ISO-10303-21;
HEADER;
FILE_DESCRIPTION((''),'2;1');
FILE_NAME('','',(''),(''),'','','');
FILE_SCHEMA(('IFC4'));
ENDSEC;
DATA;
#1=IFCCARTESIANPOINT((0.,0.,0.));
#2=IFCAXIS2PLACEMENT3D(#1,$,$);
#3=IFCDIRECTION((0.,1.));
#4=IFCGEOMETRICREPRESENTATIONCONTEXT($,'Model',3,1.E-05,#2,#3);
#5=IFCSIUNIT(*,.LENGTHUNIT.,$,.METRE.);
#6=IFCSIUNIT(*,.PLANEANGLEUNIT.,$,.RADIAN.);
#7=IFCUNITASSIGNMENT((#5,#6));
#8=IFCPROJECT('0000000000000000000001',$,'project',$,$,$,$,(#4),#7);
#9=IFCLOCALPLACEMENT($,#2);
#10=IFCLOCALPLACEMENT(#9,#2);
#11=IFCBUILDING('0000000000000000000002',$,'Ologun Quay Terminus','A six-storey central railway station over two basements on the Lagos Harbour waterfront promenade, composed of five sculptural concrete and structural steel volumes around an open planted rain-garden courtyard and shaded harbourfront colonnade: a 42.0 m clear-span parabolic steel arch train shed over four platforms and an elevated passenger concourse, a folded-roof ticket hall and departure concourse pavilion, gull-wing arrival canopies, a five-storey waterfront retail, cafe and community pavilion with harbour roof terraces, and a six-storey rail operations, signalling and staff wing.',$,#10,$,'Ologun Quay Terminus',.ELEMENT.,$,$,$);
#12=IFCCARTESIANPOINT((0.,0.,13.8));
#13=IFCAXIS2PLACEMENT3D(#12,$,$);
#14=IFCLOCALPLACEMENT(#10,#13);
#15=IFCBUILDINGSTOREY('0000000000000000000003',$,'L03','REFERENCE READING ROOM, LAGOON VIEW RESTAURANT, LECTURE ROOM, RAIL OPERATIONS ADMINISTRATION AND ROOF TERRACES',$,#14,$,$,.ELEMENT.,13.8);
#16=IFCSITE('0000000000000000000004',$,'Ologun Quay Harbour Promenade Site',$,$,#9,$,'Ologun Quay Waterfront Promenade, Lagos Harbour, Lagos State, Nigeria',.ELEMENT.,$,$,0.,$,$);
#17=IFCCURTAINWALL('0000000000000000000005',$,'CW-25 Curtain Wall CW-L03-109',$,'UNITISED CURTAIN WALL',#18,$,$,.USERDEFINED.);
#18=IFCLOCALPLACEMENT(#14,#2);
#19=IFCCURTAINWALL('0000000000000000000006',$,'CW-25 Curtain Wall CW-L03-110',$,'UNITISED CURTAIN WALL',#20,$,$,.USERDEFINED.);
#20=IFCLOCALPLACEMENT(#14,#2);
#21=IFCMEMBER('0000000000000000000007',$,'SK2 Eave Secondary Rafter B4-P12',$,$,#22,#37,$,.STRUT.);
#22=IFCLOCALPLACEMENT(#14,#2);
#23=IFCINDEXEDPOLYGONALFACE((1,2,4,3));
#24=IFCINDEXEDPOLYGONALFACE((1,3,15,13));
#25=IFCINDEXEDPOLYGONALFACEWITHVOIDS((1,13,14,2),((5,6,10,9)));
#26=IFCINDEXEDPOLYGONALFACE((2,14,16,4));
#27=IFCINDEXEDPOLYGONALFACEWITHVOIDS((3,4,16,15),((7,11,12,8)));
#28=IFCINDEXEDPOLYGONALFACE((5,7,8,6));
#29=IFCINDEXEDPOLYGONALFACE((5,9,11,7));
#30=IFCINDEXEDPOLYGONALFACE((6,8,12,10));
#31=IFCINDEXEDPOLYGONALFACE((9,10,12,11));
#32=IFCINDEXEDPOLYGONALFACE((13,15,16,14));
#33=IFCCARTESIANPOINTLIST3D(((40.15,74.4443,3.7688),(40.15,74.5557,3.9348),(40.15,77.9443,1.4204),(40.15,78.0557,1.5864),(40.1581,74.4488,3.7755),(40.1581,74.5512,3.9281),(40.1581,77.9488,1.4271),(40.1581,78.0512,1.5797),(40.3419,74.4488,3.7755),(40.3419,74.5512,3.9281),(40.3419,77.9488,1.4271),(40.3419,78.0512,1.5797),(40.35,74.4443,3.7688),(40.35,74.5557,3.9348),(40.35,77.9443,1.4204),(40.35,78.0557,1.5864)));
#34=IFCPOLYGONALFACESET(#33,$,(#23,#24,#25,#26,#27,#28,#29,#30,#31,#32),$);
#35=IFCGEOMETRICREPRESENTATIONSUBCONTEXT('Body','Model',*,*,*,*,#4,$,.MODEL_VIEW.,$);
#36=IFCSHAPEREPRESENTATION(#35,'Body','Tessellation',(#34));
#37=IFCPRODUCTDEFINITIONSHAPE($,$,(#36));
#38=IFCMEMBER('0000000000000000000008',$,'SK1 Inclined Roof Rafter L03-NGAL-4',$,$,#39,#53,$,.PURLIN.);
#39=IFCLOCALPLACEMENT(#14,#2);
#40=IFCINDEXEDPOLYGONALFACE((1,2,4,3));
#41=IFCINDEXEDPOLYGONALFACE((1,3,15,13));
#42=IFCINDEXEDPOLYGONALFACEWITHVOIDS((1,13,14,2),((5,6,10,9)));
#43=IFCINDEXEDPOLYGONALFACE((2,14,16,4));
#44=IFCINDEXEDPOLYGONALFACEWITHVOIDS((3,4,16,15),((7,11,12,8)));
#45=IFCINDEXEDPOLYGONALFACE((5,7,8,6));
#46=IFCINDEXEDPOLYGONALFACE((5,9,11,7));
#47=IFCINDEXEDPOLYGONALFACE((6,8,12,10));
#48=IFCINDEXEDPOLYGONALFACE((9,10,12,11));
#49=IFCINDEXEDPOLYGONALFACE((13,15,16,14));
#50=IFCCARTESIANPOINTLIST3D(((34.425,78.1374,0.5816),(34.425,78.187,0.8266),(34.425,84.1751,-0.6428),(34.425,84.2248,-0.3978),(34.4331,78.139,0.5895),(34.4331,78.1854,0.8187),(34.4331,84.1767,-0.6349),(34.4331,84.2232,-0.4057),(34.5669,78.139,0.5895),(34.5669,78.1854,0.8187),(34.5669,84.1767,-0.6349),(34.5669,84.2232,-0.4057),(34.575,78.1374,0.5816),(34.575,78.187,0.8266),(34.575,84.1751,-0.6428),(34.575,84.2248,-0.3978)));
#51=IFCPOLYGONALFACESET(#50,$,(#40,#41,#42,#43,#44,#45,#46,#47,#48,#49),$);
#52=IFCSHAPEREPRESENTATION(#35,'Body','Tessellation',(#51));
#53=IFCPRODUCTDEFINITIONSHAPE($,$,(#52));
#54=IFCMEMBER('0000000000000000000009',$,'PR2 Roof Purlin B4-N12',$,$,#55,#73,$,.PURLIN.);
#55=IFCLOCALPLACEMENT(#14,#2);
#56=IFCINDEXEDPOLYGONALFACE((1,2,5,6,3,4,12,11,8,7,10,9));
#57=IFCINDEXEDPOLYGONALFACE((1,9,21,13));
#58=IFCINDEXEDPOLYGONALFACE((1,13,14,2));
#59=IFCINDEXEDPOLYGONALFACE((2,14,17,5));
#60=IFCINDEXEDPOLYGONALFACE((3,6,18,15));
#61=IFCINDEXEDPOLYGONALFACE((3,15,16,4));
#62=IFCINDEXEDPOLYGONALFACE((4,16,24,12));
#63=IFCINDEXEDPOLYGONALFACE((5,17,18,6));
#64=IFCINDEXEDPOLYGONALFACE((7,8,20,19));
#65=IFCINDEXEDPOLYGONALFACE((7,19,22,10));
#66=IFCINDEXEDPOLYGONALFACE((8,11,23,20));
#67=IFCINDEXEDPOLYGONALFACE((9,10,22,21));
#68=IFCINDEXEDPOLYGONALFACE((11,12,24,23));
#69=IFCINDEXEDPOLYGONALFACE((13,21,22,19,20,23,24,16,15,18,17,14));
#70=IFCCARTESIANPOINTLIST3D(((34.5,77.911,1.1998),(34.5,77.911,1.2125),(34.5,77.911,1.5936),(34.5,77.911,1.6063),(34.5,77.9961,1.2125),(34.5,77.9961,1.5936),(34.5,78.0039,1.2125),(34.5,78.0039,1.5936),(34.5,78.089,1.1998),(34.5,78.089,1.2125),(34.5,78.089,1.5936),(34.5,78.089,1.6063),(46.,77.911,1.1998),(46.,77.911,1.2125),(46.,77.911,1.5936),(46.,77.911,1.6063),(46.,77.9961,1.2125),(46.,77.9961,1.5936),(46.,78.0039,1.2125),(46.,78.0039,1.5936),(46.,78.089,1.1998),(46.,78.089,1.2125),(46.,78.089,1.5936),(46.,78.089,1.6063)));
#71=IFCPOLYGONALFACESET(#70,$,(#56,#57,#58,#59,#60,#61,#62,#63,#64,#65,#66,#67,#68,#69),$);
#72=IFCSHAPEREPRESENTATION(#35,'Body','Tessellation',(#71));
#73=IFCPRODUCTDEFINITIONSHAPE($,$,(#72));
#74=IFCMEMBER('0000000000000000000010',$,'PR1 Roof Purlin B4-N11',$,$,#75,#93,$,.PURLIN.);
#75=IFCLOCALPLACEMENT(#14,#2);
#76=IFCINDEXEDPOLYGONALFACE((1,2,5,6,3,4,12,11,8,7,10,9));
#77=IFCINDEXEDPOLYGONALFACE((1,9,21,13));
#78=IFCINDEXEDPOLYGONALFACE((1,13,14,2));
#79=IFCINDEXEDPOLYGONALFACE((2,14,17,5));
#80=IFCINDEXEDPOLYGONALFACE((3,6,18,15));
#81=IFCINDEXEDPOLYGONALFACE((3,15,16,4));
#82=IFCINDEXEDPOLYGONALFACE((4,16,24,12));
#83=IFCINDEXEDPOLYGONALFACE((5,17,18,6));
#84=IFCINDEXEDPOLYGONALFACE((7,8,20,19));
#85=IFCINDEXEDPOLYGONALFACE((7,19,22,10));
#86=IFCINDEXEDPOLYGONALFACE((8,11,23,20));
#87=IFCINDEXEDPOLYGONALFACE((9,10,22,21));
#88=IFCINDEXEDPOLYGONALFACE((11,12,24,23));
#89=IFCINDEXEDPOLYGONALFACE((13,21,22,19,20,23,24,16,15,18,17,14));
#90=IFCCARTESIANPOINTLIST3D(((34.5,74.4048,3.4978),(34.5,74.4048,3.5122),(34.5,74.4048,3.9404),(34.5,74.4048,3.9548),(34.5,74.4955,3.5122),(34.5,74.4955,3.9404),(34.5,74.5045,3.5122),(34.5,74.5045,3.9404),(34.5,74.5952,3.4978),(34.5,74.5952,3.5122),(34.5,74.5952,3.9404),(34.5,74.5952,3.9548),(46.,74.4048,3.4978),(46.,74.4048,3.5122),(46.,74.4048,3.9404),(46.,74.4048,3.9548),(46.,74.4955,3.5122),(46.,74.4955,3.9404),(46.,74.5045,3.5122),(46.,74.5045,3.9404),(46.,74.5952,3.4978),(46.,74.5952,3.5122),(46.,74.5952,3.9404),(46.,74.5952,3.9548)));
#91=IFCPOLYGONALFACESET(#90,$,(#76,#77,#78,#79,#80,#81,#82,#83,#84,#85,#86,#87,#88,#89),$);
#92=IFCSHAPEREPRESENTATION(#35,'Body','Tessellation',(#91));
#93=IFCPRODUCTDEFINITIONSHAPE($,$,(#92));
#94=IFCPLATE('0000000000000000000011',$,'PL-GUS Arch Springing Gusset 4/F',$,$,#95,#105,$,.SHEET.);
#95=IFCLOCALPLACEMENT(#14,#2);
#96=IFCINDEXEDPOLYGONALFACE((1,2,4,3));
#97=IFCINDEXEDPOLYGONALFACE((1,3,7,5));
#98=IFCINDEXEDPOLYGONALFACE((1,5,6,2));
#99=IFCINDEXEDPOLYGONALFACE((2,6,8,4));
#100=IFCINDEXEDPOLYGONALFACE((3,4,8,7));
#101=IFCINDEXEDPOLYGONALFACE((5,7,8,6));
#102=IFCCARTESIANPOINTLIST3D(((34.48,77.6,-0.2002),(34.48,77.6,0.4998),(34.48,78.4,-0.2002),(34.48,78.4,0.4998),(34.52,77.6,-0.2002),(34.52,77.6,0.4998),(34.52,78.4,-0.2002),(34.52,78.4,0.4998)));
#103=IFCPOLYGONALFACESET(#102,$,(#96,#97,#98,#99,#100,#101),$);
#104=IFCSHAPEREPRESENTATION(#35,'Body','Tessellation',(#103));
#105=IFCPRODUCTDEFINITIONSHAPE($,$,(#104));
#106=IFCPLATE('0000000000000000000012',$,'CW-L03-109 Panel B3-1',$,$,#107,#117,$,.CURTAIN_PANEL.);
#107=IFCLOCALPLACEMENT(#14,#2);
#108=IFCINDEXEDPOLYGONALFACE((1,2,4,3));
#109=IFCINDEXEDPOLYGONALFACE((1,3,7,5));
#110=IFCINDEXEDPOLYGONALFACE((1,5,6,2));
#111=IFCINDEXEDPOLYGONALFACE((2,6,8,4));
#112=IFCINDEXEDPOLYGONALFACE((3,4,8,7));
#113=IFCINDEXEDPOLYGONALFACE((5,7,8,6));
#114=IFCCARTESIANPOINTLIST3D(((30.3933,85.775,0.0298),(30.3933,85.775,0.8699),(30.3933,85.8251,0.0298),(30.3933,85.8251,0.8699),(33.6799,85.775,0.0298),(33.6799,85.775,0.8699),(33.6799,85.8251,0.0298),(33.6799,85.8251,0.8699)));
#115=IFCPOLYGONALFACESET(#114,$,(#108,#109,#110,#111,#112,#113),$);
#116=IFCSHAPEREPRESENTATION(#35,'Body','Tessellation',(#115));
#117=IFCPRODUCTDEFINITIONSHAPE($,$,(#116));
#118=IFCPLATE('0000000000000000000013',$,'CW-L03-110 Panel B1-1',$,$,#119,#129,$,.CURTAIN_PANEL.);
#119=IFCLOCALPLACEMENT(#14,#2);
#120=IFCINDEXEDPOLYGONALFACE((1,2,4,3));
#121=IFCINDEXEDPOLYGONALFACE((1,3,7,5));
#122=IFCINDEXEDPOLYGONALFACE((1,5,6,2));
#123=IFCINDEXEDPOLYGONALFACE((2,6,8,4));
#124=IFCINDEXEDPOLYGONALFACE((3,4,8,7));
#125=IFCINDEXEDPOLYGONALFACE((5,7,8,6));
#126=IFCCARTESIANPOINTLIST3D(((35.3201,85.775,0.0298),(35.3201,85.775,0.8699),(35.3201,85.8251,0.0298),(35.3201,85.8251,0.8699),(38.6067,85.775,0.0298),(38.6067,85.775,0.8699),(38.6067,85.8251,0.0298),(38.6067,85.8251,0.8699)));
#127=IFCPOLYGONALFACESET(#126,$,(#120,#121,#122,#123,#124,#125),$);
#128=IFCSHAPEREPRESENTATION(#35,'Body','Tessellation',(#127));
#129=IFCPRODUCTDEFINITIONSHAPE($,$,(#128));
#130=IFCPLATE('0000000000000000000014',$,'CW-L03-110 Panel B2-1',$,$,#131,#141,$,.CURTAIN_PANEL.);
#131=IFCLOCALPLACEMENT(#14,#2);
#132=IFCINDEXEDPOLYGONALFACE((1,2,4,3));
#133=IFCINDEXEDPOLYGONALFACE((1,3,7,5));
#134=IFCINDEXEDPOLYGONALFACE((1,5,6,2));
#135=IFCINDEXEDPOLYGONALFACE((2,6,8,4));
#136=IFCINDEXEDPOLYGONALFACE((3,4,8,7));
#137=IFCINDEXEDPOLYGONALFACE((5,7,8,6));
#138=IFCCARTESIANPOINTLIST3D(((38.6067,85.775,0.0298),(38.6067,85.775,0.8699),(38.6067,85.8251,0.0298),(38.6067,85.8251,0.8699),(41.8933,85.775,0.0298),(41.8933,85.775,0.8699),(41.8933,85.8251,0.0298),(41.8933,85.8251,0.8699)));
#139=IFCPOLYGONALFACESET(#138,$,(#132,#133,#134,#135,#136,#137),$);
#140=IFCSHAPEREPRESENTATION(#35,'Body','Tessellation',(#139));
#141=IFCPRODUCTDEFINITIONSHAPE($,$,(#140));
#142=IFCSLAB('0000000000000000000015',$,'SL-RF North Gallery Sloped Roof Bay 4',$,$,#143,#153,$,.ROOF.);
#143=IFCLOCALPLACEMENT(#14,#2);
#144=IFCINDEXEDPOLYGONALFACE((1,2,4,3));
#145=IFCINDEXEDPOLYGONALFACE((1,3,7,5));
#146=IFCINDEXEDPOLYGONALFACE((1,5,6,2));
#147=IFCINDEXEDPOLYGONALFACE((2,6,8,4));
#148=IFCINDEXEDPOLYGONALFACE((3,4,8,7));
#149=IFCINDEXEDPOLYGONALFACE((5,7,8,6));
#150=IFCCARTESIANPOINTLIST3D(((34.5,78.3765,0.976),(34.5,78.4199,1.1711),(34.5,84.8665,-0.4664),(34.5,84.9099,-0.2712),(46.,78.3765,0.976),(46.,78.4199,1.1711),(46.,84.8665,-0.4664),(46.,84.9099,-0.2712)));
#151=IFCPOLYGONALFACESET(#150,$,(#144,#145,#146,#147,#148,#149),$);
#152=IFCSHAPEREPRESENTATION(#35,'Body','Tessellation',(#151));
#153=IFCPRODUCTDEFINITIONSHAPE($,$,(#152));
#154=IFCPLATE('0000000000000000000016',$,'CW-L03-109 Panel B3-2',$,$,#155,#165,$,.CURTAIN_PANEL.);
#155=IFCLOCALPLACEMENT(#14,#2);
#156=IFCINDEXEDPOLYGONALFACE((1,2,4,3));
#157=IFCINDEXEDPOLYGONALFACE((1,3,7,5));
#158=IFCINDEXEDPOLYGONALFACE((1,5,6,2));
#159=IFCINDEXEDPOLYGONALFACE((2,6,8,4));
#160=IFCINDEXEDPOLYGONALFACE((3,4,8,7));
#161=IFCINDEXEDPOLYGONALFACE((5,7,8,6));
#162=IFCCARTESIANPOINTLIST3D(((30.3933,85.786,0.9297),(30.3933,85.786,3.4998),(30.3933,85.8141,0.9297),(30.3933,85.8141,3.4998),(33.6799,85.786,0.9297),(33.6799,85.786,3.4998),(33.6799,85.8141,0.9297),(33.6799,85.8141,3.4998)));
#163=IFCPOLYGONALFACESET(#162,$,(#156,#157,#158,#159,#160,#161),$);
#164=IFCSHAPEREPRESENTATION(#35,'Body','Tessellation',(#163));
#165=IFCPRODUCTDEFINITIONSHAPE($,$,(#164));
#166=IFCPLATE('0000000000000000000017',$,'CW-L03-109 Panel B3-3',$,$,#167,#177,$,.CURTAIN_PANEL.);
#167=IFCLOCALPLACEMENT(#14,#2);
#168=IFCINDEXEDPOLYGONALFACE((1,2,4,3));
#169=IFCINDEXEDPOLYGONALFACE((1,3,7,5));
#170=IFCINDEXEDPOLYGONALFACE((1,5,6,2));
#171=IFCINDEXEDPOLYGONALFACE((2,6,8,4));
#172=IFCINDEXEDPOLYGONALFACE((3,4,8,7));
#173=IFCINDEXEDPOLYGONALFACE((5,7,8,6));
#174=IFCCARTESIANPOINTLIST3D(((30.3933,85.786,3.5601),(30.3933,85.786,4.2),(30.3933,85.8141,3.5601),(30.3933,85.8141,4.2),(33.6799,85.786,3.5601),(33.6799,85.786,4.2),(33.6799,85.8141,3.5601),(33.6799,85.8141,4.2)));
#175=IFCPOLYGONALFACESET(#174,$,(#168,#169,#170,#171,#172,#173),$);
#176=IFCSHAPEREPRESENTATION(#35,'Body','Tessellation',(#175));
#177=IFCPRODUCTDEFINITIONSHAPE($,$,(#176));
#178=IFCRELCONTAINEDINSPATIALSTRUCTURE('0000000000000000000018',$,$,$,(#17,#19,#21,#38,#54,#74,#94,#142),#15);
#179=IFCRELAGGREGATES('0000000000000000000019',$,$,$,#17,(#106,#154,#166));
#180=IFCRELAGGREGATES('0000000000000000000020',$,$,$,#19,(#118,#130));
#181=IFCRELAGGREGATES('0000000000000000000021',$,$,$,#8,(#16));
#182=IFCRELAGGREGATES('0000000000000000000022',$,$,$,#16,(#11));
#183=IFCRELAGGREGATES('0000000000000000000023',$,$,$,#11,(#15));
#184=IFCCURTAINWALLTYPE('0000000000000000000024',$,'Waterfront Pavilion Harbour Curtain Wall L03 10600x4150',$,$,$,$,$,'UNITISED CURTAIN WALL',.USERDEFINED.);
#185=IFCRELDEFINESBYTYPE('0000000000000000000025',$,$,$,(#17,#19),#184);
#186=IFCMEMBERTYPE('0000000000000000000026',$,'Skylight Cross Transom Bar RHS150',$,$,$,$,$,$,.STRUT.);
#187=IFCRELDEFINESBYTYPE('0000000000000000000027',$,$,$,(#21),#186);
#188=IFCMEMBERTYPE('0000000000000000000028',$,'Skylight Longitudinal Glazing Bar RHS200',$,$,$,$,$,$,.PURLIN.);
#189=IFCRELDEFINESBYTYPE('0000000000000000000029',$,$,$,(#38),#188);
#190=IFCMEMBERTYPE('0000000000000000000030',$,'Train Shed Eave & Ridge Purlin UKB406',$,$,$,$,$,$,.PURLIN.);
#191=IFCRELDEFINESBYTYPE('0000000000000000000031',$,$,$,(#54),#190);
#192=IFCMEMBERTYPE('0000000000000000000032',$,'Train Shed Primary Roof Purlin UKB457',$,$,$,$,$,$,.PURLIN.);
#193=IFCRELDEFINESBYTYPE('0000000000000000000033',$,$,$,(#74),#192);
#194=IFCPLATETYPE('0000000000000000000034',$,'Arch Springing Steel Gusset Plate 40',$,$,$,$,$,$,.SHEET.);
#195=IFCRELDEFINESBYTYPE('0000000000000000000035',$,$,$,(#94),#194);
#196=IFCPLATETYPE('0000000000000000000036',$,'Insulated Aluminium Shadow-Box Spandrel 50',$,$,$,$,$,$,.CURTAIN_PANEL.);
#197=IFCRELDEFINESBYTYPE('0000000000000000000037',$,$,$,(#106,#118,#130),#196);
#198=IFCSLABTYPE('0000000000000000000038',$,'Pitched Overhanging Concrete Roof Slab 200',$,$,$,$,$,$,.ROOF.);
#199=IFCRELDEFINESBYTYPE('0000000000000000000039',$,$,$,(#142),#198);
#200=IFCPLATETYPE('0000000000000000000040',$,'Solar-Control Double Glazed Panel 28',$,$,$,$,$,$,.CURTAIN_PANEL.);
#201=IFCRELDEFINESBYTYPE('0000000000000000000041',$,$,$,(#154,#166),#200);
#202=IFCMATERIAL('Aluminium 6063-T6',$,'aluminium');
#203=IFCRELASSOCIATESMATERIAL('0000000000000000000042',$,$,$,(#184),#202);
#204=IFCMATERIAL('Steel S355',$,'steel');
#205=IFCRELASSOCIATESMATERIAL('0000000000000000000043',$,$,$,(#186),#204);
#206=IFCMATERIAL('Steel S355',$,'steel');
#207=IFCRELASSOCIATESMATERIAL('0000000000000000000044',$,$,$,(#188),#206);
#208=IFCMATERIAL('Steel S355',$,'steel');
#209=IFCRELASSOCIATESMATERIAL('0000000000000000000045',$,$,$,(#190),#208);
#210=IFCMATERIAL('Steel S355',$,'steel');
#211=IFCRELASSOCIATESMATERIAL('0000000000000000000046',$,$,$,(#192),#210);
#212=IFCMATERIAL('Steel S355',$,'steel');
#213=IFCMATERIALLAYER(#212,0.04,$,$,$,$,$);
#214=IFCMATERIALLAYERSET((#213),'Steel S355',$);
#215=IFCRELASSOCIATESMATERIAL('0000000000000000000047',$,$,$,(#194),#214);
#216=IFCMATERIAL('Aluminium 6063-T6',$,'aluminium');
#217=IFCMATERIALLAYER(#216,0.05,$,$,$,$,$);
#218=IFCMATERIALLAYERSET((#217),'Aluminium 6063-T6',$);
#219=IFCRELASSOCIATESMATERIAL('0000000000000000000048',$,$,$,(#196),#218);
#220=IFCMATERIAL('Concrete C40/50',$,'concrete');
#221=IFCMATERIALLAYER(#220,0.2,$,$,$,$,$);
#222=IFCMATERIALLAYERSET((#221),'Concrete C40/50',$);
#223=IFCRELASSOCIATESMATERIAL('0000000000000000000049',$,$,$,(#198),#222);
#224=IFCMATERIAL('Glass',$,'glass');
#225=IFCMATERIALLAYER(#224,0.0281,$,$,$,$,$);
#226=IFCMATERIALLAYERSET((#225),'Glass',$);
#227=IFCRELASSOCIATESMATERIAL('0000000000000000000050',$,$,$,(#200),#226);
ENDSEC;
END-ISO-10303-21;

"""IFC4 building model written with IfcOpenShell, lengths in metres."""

from ifc_helpers import new_model, si_unit, direction, frame, origin, origin_2d, place, context, subcontext, project, spatial, polyline, rectangle, hollow_rectangle, i_section, outline, extrude, material, layer, layer_set, material_profile, profile_set, type_object, element, aggregate, save


model = new_model("IFC4")

# Units and contexts
model_context = context("Model", 3, precision=1e-05, world=origin(), true_north=direction((0.0, 1.0)))
body_context = subcontext(model_context, "Body", "Model", "MODEL_VIEW")
ifc_project = project(units=[si_unit("LENGTHUNIT", "METRE"), si_unit("PLANEANGLEUNIT", "RADIAN")], contexts=[model_context])

# Site, building, storey
site_placement = place(None, origin())
site = spatial("IfcSite", under=ifc_project, at=site_placement, Name="Ologun Quay Harbour Promenade Site", LongName="Ologun Quay Waterfront Promenade, Lagos Harbour, Lagos State, Nigeria", CompositionType="ELEMENT", RefElevation=0.0)
building_placement = place(site_placement, origin())
building = spatial("IfcBuilding", under=site, at=building_placement, Name="Ologun Quay Terminus", Description="A six-storey central railway station over two basements on the Lagos Harbour waterfront promenade, composed of five sculptural concrete and structural steel volumes around an open planted rain-garden courtyard and shaded harbourfront colonnade: a 42.0 m clear-span parabolic steel arch train shed over four platforms and an elevated passenger concourse, a folded-roof ticket hall and departure concourse pavilion, gull-wing arrival canopies, a five-storey waterfront retail, cafe and community pavilion with harbour roof terraces, and a six-storey rail operations, signalling and staff wing.", LongName="Ologun Quay Terminus", CompositionType="ELEMENT")
storey_placement = place(building_placement, frame((0.0, 0.0, 13.8)))
storey = spatial("IfcBuildingStorey", under=building, at=storey_placement, Name="L03", Description="REFERENCE READING ROOM, LAGOON VIEW RESTAURANT, LECTURE ROOM, RAIL OPERATIONS ADMINISTRATION AND ROOF TERRACES", CompositionType="ELEMENT", Elevation=13.8)

# Curtain wall
ifc_material_1 = material(Name="Aluminium 6063-T6", Category="aluminium")
curtain_wall_type = type_object("IfcCurtainWallType", Name="Waterfront Pavilion Harbour Curtain Wall L03 10600x4150", ElementType="UNITISED CURTAIN WALL", PredefinedType="USERDEFINED", material=ifc_material_1)
curtain_wall_1_placement = place(storey_placement, origin())
curtain_wall_1 = element("IfcCurtainWall", 1, at=curtain_wall_1_placement, inside=storey, type_object=curtain_wall_type, Name="CW-25 Curtain Wall CW-L03-109", ObjectType="UNITISED CURTAIN WALL", PredefinedType="USERDEFINED")

# Curtain wall
curtain_wall_2_placement = place(storey_placement, origin())
curtain_wall_2 = element("IfcCurtainWall", 2, at=curtain_wall_2_placement, inside=storey, type_object=curtain_wall_type, Name="CW-25 Curtain Wall CW-L03-110", ObjectType="UNITISED CURTAIN WALL", PredefinedType="USERDEFINED")

# Members
ifc_material_2 = material(Name="Steel S355", Category="steel")
ifc_material_profile_1 = material_profile(ifc_material_2, hollow_rectangle(XDim=0.2, YDim=0.2, WallThickness=0.0081, at=origin_2d()), Name="SHS 200x200x8")
ifc_profile_set_1 = profile_set([ifc_material_profile_1], Name="Steel S355")
member_type_1 = type_object("IfcMemberType", Name="Skylight Cross Transom Bar RHS150", PredefinedType="STRUT", material=ifc_profile_set_1)
member_1_placement = place(storey_placement, frame((40.25, 74.5, 3.8518), z_axis=(0.0, 0.830398, -0.557171), x_axis=(-1.0, 0.0, 0.0)))
element("IfcMember", 3, at=member_1_placement, inside=storey, type_object=member_type_1, Name="SK2 Eave Secondary Rafter B4-P12", PredefinedType="STRUT", context=body_context, shape_type="SweptSolid", body=[
    extrude(hollow_rectangle(XDim=0.2, YDim=0.2, WallThickness=0.0081, at=origin_2d()), origin(), (0.0, 0.0, 1.0), 4.2148),
])
ifc_material_3 = material(Name="Steel S355", Category="steel")
ifc_material_profile_2 = material_profile(ifc_material_3, hollow_rectangle(XDim=0.1499, YDim=0.25, WallThickness=0.0081, at=origin_2d()), Name="RHS 250x150x8")
ifc_profile_set_2 = profile_set([ifc_material_profile_2], Name="Steel S355")
member_type_2 = type_object("IfcMemberType", Name="Skylight Longitudinal Glazing Bar RHS200", PredefinedType="PURLIN", material=ifc_profile_set_2)
member_2_placement = place(storey_placement, frame((34.5, 84.2, -0.5203), z_axis=(0.0, -0.980053, 0.198737), x_axis=(1.0, 0.0, 0.0)))
element("IfcMember", 4, at=member_2_placement, inside=storey, type_object=member_type_2, Name="SK1 Inclined Roof Rafter L03-NGAL-4", PredefinedType="PURLIN", context=body_context, shape_type="SweptSolid", body=[
    extrude(hollow_rectangle(XDim=0.1499, YDim=0.25, WallThickness=0.0081, at=origin_2d()), origin(), (0.0, 0.0, 1.0), 6.1606),
])
ifc_material_4 = material(Name="Steel S355", Category="steel")
ifc_material_profile_3 = material_profile(ifc_material_4, i_section(OverallWidth=0.178, OverallDepth=0.4065, WebThickness=0.0078, FlangeThickness=0.0127, at=origin_2d()), Name="UKB 406x178x60")
ifc_profile_set_3 = profile_set([ifc_material_profile_3], Name="Steel S355")
member_type_3 = type_object("IfcMemberType", Name="Train Shed Eave & Ridge Purlin UKB406", PredefinedType="PURLIN", material=ifc_profile_set_3)
member_3_placement = place(storey_placement, frame((34.5, 78.0, 1.4031), z_axis=(1.0, 0.0, 0.0), x_axis=(0.0, 1.0, 0.0)))
element("IfcMember", 5, at=member_3_placement, inside=storey, type_object=member_type_3, Name="PR2 Roof Purlin B4-N12", PredefinedType="PURLIN", context=body_context, shape_type="SweptSolid", body=[
    extrude(i_section(OverallWidth=0.178, OverallDepth=0.4065, WebThickness=0.0078, FlangeThickness=0.0127, at=origin_2d()), origin(), (0.0, 0.0, 1.0), 11.5),
])
ifc_material_5 = material(Name="Steel S355", Category="steel")
ifc_material_profile_4 = material_profile(ifc_material_5, i_section(OverallWidth=0.1904, OverallDepth=0.457, WebThickness=0.009, FlangeThickness=0.0144, at=origin_2d()), Name="UKB 457x191x74")
ifc_profile_set_4 = profile_set([ifc_material_profile_4], Name="Steel S355")
member_type_4 = type_object("IfcMemberType", Name="Train Shed Primary Roof Purlin UKB457", PredefinedType="PURLIN", material=ifc_profile_set_4)
member_4_placement = place(storey_placement, frame((34.5, 74.5, 3.7263), z_axis=(1.0, 0.0, 0.0), x_axis=(0.0, 1.0, 0.0)))
element("IfcMember", 6, at=member_4_placement, inside=storey, type_object=member_type_4, Name="PR1 Roof Purlin B4-N11", PredefinedType="PURLIN", context=body_context, shape_type="SweptSolid", body=[
    extrude(i_section(OverallWidth=0.1904, OverallDepth=0.457, WebThickness=0.009, FlangeThickness=0.0144, at=origin_2d()), origin(), (0.0, 0.0, 1.0), 11.5),
])

# Plates
ifc_material_6 = material(Name="Steel S355", Category="steel")
ifc_layer_1 = layer(ifc_material_6, 0.04)
ifc_layer_set_1 = layer_set([ifc_layer_1], Name="Steel S355")
plate_type_1 = type_object("IfcPlateType", Name="Arch Springing Steel Gusset Plate 40", PredefinedType="SHEET", material=ifc_layer_set_1)
plate_1_placement = place(storey_placement, frame((34.5, 78.0, -0.2002), z_axis=(0.0, 0.0, 1.0), x_axis=(0.0, 1.0, 0.0)))
element("IfcPlate", 7, at=plate_1_placement, inside=storey, type_object=plate_type_1, Name="PL-GUS Arch Springing Gusset 4/F", PredefinedType="SHEET", context=body_context, shape_type="SweptSolid", body=[
    extrude(rectangle(XDim=0.8, YDim=0.04, at=origin_2d()), origin(), (0.0, 0.0, 1.0), 0.7),
])
ifc_material_7 = material(Name="Aluminium 6063-T6", Category="aluminium")
ifc_layer_2 = layer(ifc_material_7, 0.05)
ifc_layer_set_2 = layer_set([ifc_layer_2], Name="Aluminium 6063-T6")
plate_type_2 = type_object("IfcPlateType", Name="Insulated Aluminium Shadow-Box Spandrel 50", PredefinedType="CURTAIN_PANEL", material=ifc_layer_set_2)
plate_2_placement = place(storey_placement, frame((32.0366, 85.8, 0.0298), z_axis=(0.0, 0.0, 1.0), x_axis=(1.0, 0.0, 0.0)))
plate_2 = element("IfcPlate", 8, at=plate_2_placement, type_object=plate_type_2, Name="CW-L03-109 Panel B3-1", PredefinedType="CURTAIN_PANEL", context=body_context, shape_type="SweptSolid", body=[
    extrude(rectangle(XDim=3.2866, YDim=0.05, at=origin_2d()), origin(), (0.0, 0.0, 1.0), 0.8401),
])
plate_3_placement = place(storey_placement, frame((36.9634, 85.8, 0.0298), z_axis=(0.0, 0.0, 1.0), x_axis=(1.0, 0.0, 0.0)))
plate_3 = element("IfcPlate", 9, at=plate_3_placement, type_object=plate_type_2, Name="CW-L03-110 Panel B1-1", PredefinedType="CURTAIN_PANEL", context=body_context, shape_type="SweptSolid", body=[
    extrude(rectangle(XDim=3.2866, YDim=0.05, at=origin_2d()), origin(), (0.0, 0.0, 1.0), 0.8401),
])
plate_4_placement = place(storey_placement, frame((40.25, 85.8, 0.0298), z_axis=(0.0, 0.0, 1.0), x_axis=(1.0, 0.0, 0.0)))
plate_4 = element("IfcPlate", 10, at=plate_4_placement, type_object=plate_type_2, Name="CW-L03-110 Panel B2-1", PredefinedType="CURTAIN_PANEL", context=body_context, shape_type="SweptSolid", body=[
    extrude(rectangle(XDim=3.2866, YDim=0.05, at=origin_2d()), origin(), (0.0, 0.0, 1.0), 0.8401),
])

# Slab
ifc_material_8 = material(Name="Concrete C40/50", Category="concrete")
ifc_layer_3 = layer(ifc_material_8, 0.2)
ifc_layer_set_3 = layer_set([ifc_layer_3], Name="Concrete C40/50")
slab_type_1 = type_object("IfcSlabType", Name="Pitched Overhanging Concrete Roof Slab 200", PredefinedType="ROOF", material=ifc_layer_set_3)
slab_1_placement = place(storey_placement, frame((34.5, 84.9099, -0.2712), z_axis=(0.0, 0.216954, 0.976182), x_axis=(1.0, 0.0, 0.0)))
element("IfcSlab", 11, at=slab_1_placement, inside=storey, type_object=slab_type_1, Name="SL-RF North Gallery Sloped Roof Bay 4", PredefinedType="ROOF", context=body_context, shape_type="SweptSolid", body=[
    extrude(outline(polyline([(0.0, 0.0), (11.5, 0.0), (11.5, -6.6483), (0.0, -6.6483), (0.0, 0.0)])), origin(), (0.0, 0.0, -1.0), 0.2),
])

# Plates
ifc_material_9 = material(Name="Glass", Category="glass")
ifc_layer_4 = layer(ifc_material_9, 0.0281)
ifc_layer_set_4 = layer_set([ifc_layer_4], Name="Glass")
plate_type_3 = type_object("IfcPlateType", Name="Solar-Control Double Glazed Panel 28", PredefinedType="CURTAIN_PANEL", material=ifc_layer_set_4)
plate_5_placement = place(storey_placement, frame((32.0366, 85.8, 0.9297), z_axis=(0.0, 0.0, 1.0), x_axis=(1.0, 0.0, 0.0)))
plate_5 = element("IfcPlate", 12, at=plate_5_placement, type_object=plate_type_3, Name="CW-L03-109 Panel B3-2", PredefinedType="CURTAIN_PANEL", context=body_context, shape_type="SweptSolid", body=[
    extrude(rectangle(XDim=3.2866, YDim=0.0281, at=origin_2d()), origin(), (0.0, 0.0, 1.0), 2.5701),
])
plate_6_placement = place(storey_placement, frame((32.0366, 85.8, 3.5601), z_axis=(0.0, 0.0, 1.0), x_axis=(1.0, 0.0, 0.0)))
plate_6 = element("IfcPlate", 13, at=plate_6_placement, type_object=plate_type_3, Name="CW-L03-109 Panel B3-3", PredefinedType="CURTAIN_PANEL", context=body_context, shape_type="SweptSolid", body=[
    extrude(rectangle(XDim=3.2866, YDim=0.0281, at=origin_2d()), origin(), (0.0, 0.0, 1.0), 0.6399),
])
aggregate(curtain_wall_1, [plate_2, plate_5, plate_6])
aggregate(curtain_wall_2, [plate_3, plate_4])

save(model, "model.ifc")
